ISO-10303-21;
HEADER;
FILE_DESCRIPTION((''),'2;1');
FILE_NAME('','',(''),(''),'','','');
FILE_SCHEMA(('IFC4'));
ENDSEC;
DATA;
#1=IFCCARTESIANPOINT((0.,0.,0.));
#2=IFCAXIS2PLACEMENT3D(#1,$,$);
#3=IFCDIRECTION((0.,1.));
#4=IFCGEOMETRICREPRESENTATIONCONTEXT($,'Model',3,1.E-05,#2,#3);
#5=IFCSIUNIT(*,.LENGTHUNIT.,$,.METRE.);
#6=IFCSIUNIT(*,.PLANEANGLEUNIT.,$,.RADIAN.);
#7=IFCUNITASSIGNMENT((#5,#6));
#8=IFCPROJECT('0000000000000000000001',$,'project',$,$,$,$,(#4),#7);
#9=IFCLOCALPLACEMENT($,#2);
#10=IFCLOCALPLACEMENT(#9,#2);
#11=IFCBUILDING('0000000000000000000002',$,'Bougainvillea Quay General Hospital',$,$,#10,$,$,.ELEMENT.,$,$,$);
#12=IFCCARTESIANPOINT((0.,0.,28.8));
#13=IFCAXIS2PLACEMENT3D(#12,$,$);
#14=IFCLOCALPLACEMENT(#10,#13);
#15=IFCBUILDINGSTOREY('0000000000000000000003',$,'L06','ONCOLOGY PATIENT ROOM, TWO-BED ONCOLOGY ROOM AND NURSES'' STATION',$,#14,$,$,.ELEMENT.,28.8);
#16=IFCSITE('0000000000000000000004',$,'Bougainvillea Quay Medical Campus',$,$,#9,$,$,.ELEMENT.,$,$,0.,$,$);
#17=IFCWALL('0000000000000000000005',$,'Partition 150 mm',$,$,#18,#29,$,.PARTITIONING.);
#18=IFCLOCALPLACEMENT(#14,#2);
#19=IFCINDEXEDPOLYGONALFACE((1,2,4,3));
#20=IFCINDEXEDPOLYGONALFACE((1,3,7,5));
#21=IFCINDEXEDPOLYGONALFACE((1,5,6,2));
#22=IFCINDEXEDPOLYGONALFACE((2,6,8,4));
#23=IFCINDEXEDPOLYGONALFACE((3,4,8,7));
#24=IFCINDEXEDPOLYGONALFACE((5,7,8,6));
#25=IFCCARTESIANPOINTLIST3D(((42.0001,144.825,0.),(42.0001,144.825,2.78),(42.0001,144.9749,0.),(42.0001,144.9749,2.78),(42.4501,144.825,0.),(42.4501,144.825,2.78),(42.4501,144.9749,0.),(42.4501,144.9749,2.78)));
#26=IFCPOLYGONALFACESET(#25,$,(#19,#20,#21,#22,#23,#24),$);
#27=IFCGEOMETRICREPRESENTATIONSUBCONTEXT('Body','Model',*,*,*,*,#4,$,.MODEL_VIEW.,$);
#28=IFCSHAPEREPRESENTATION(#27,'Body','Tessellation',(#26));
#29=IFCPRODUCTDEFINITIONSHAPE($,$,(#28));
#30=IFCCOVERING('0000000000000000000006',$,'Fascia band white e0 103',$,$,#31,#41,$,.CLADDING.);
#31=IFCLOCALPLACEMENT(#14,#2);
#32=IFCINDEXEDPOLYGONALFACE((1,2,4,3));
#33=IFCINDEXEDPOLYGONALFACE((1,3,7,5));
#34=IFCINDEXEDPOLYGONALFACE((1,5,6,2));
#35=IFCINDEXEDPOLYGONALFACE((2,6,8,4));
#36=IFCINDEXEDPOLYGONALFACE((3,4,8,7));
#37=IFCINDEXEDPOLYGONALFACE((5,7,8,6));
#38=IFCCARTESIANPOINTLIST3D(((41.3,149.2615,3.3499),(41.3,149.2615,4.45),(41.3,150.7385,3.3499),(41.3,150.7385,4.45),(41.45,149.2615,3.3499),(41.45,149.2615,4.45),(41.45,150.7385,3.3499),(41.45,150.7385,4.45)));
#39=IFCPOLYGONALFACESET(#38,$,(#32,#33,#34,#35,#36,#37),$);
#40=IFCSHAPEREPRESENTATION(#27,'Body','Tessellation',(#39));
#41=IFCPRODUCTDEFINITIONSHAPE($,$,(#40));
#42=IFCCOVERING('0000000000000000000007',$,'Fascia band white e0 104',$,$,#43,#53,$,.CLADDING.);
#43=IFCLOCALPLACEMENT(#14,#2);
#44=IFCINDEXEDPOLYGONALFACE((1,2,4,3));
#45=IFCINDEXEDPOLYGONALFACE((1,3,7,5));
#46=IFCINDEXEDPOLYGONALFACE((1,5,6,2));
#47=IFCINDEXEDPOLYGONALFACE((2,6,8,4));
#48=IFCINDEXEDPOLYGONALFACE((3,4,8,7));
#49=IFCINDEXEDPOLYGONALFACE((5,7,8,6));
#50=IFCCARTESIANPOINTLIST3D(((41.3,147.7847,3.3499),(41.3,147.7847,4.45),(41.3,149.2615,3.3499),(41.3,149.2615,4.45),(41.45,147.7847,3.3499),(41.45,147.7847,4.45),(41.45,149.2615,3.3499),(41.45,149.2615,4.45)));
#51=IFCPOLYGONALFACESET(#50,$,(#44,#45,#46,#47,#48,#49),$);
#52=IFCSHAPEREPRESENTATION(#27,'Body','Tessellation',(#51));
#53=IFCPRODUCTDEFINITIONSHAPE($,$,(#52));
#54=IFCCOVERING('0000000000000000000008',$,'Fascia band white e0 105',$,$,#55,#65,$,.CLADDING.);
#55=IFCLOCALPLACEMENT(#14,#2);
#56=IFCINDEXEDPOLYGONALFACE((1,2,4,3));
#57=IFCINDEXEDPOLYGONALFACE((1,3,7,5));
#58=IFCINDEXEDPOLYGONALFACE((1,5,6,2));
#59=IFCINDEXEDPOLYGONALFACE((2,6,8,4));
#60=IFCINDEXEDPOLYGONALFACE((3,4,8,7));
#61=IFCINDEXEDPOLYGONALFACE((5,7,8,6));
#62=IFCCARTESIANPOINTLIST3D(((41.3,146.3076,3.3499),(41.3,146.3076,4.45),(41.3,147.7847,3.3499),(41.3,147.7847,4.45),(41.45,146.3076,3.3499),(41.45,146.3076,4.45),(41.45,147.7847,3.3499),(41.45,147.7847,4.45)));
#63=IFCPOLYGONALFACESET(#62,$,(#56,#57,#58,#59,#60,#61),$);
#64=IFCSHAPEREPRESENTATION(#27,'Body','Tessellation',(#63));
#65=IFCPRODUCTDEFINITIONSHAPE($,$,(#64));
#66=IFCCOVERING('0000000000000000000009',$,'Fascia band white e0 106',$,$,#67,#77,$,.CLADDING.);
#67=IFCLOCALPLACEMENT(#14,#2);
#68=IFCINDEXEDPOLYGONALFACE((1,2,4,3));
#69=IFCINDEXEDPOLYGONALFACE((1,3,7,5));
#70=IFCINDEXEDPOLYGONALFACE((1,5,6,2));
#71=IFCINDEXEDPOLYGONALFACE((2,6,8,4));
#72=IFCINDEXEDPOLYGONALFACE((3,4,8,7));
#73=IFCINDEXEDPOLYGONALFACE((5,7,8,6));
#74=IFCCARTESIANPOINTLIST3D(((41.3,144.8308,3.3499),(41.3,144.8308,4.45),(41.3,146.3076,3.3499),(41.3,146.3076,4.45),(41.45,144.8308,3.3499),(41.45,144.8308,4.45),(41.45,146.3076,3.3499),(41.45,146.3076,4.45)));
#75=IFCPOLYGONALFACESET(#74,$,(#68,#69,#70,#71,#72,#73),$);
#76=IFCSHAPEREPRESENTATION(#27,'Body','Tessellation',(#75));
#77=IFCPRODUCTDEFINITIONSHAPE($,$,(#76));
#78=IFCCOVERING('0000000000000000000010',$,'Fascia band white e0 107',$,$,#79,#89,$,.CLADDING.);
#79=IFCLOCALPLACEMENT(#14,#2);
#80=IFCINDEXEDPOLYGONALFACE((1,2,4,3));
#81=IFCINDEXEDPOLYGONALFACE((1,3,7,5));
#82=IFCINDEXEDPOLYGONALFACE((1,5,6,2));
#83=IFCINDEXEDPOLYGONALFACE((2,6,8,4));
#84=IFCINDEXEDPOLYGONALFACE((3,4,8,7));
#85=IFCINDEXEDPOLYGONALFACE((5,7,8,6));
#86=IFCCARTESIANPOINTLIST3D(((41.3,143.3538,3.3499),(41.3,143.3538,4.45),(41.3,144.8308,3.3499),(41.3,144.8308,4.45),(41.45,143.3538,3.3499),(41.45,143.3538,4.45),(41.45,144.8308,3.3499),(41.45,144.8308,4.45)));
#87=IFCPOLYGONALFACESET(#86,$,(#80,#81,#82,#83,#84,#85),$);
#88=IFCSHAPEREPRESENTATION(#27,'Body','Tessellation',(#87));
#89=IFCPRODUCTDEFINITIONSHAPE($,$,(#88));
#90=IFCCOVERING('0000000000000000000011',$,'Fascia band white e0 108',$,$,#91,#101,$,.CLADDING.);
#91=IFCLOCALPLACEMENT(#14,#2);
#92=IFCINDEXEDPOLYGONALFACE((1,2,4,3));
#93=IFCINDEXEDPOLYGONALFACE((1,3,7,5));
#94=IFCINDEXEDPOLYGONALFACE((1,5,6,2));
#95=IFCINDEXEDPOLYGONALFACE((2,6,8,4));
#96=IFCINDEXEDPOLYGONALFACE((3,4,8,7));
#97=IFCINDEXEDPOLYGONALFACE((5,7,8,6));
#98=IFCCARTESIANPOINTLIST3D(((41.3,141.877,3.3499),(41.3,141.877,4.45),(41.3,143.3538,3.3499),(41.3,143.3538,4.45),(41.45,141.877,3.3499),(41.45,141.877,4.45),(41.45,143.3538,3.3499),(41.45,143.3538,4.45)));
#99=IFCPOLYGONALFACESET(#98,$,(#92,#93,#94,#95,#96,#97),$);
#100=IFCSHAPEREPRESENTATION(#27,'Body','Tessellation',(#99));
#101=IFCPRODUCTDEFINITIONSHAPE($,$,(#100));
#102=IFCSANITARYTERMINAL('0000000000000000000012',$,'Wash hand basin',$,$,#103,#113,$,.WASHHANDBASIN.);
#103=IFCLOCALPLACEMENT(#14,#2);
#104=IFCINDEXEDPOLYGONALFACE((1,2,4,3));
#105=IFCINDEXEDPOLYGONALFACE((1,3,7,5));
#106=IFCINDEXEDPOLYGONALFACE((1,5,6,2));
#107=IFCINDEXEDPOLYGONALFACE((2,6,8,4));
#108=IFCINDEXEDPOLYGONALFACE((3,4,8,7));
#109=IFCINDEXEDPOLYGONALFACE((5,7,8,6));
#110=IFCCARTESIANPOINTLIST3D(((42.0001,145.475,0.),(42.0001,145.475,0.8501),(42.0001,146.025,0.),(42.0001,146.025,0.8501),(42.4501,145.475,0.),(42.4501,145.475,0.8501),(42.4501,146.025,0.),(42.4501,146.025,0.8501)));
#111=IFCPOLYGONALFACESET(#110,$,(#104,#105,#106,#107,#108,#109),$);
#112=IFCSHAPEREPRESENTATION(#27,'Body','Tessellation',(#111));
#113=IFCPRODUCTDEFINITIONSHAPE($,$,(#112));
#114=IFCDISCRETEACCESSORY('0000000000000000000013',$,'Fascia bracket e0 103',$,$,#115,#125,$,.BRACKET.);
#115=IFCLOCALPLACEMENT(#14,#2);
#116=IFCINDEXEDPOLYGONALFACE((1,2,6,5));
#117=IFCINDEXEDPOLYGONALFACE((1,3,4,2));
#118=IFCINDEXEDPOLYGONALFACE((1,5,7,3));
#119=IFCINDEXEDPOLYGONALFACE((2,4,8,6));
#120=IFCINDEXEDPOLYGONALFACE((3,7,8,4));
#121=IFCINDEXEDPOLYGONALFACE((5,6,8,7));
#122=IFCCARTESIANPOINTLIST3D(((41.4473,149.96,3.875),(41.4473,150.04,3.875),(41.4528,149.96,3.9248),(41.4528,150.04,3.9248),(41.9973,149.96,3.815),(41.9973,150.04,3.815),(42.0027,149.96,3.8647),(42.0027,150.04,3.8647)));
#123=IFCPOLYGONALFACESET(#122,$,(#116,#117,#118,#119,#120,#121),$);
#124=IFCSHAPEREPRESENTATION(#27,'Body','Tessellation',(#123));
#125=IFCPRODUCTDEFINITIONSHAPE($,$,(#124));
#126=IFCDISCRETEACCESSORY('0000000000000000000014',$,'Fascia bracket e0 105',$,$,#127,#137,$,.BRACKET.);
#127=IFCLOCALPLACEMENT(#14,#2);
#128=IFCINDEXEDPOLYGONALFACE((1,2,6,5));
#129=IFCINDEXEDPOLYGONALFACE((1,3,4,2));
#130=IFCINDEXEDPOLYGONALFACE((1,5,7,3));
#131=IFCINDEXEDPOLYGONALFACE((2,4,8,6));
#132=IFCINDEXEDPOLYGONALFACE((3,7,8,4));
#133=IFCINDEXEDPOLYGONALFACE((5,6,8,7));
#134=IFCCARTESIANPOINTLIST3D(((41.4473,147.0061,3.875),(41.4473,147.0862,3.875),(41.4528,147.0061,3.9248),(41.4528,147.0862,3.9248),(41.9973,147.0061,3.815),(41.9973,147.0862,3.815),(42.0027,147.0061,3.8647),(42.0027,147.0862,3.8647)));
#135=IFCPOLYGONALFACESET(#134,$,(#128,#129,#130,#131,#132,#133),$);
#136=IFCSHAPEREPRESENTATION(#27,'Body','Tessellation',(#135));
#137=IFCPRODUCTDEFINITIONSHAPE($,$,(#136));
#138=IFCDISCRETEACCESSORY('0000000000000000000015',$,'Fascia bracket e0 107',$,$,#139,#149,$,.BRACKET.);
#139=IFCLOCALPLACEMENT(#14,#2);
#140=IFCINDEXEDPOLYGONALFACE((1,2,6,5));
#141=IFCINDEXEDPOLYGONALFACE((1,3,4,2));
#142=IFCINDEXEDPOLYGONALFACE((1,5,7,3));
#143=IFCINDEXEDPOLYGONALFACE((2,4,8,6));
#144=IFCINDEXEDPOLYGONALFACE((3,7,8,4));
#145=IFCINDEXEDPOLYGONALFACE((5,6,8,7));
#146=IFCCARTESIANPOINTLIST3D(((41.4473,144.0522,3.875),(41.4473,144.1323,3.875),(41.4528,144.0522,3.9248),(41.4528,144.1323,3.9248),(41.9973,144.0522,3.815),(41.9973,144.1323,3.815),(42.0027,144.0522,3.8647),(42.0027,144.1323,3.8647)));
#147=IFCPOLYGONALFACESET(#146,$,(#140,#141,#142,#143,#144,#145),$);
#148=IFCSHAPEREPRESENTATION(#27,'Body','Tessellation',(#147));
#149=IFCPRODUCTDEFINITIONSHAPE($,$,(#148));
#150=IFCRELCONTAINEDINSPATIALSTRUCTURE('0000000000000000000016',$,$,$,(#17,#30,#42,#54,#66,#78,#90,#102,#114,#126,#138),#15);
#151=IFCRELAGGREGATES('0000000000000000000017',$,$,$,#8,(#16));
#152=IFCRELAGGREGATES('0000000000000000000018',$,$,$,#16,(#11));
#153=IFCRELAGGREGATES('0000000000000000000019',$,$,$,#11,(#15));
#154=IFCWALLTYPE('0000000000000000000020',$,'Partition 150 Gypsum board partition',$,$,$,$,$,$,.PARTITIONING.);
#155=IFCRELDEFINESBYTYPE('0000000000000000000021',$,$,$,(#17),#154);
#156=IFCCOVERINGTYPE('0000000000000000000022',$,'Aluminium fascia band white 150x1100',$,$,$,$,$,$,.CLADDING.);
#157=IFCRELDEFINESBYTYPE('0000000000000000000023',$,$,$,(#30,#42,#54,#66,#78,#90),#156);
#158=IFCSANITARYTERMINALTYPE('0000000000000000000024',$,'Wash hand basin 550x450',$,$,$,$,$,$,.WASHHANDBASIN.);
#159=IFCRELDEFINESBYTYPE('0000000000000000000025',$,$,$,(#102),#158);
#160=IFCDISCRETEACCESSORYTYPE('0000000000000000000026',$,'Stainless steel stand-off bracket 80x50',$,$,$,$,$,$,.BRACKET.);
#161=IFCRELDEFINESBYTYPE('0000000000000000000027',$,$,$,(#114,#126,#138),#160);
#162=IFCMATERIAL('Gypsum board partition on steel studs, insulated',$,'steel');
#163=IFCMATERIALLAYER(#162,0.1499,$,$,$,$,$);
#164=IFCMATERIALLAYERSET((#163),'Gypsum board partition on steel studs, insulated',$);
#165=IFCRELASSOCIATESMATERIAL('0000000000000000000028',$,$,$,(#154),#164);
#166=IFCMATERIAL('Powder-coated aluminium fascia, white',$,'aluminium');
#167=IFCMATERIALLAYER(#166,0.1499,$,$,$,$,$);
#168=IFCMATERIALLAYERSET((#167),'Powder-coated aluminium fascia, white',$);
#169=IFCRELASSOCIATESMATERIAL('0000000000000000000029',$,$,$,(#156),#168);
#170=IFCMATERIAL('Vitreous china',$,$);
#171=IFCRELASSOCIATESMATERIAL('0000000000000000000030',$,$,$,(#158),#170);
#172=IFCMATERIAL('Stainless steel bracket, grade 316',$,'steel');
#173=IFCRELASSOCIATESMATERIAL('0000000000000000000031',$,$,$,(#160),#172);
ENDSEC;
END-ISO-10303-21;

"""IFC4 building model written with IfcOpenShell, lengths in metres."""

from ifc_helpers import new_model, si_unit, direction, frame, frame_2d, origin, origin_2d, place, context, subcontext, project, spatial, polyline, rectangle, outline, extrude, material, layer, layer_set, material_profile, profile_set, type_object, element, save


model = new_model("IFC4")

# Units and contexts
model_context = context("Model", 3, precision=1e-05, world=origin(), true_north=direction((0.0, 1.0)))
body_context = subcontext(model_context, "Body", "Model", "MODEL_VIEW")
ifc_project = project(units=[si_unit("LENGTHUNIT", "METRE"), si_unit("PLANEANGLEUNIT", "RADIAN")], contexts=[model_context])

# Site, building, storey
site_placement = place(None, origin())
site = spatial("IfcSite", under=ifc_project, at=site_placement, Name="Bougainvillea Quay Medical Campus", CompositionType="ELEMENT", RefElevation=0.0)
building_placement = place(site_placement, origin())
building = spatial("IfcBuilding", under=site, at=building_placement, Name="Bougainvillea Quay General Hospital", CompositionType="ELEMENT")
storey_placement = place(building_placement, frame((0.0, 0.0, 28.8)))
storey = spatial("IfcBuildingStorey", under=building, at=storey_placement, Name="L06", Description="ONCOLOGY PATIENT ROOM, TWO-BED ONCOLOGY ROOM AND NURSES' STATION", CompositionType="ELEMENT", Elevation=28.8)

# Wall
ifc_material_1 = material(Name="Gypsum board partition on steel studs, insulated", Category="steel")
ifc_layer_1 = layer(ifc_material_1, 0.1499)
ifc_layer_set_1 = layer_set([ifc_layer_1], Name="Gypsum board partition on steel studs, insulated")
wall_type = type_object("IfcWallType", Name="Partition 150 Gypsum board partition", PredefinedType="PARTITIONING", material=ifc_layer_set_1)
wall_placement = place(storey_placement, frame((42.0, 144.8999, 0.0), z_axis=(0.0, 0.0, 1.0), x_axis=(1.0, 0.0, 0.0)))
element("IfcWall", 1, at=wall_placement, inside=storey, type_object=wall_type, Name="Partition 150 mm", PredefinedType="PARTITIONING", context=body_context, shape_type="SweptSolid", body=[
    extrude(rectangle(XDim=0.45, YDim=0.1499, at=frame_2d((0.2251, 0.0))), origin(), (0.0, 0.0, 1.0), 2.78),
])

# Coverings
ifc_material_2 = material(Name="Powder-coated aluminium fascia, white", Category="aluminium")
ifc_layer_2 = layer(ifc_material_2, 0.1499)
ifc_layer_set_2 = layer_set([ifc_layer_2], Name="Powder-coated aluminium fascia, white")
covering_type = type_object("IfcCoveringType", Name="Aluminium fascia band white 150x1100", PredefinedType="CLADDING", material=ifc_layer_set_2)
covering_1_placement = place(storey_placement, frame((41.45, 150.7385, 3.3499), z_axis=(0.0, 0.0, 1.0), x_axis=(0.0, -1.0, 0.0)))
element("IfcCovering", 2, at=covering_1_placement, inside=storey, type_object=covering_type, Name="Fascia band white e0 103", PredefinedType="CLADDING", context=body_context, shape_type="SweptSolid", body=[
    extrude(outline(polyline([(0.0, 0.0), (1.4771, 0.0), (1.4771, -0.1499), (0.0, -0.1499), (0.0, 0.0)])), origin(), (0.0, 0.0, 1.0), 1.1001),
])
covering_2_placement = place(storey_placement, frame((41.45, 149.2615, 3.3499), z_axis=(0.0, 0.0, 1.0), x_axis=(0.0, -1.0, 0.0)))
element("IfcCovering", 3, at=covering_2_placement, inside=storey, type_object=covering_type, Name="Fascia band white e0 104", PredefinedType="CLADDING", context=body_context, shape_type="SweptSolid", body=[
    extrude(outline(polyline([(0.0, 0.0), (1.4768, 0.0), (1.4768, -0.1499), (0.0, -0.1499), (0.0, 0.0)])), origin(), (0.0, 0.0, 1.0), 1.1001),
])
covering_3_placement = place(storey_placement, frame((41.45, 147.7847, 3.3499), z_axis=(0.0, 0.0, 1.0), x_axis=(0.0, -1.0, 0.0)))
element("IfcCovering", 4, at=covering_3_placement, inside=storey, type_object=covering_type, Name="Fascia band white e0 105", PredefinedType="CLADDING", context=body_context, shape_type="SweptSolid", body=[
    extrude(outline(polyline([(0.0, 0.0), (1.4771, 0.0), (1.4771, -0.1499), (0.0, -0.1499), (0.0, 0.0)])), origin(), (0.0, 0.0, 1.0), 1.1001),
])
covering_4_placement = place(storey_placement, frame((41.45, 146.3076, 3.3499), z_axis=(0.0, 0.0, 1.0), x_axis=(0.0, -1.0, 0.0)))
element("IfcCovering", 5, at=covering_4_placement, inside=storey, type_object=covering_type, Name="Fascia band white e0 106", PredefinedType="CLADDING", context=body_context, shape_type="SweptSolid", body=[
    extrude(outline(polyline([(0.0, 0.0), (1.4768, 0.0), (1.4768, -0.1499), (0.0, -0.1499), (0.0, 0.0)])), origin(), (0.0, 0.0, 1.0), 1.1001),
])
covering_5_placement = place(storey_placement, frame((41.45, 144.8308, 3.3499), z_axis=(0.0, 0.0, 1.0), x_axis=(0.0, -1.0, 0.0)))
element("IfcCovering", 6, at=covering_5_placement, inside=storey, type_object=covering_type, Name="Fascia band white e0 107", PredefinedType="CLADDING", context=body_context, shape_type="SweptSolid", body=[
    extrude(outline(polyline([(0.0, 0.0), (1.4771, 0.0), (1.4771, -0.1499), (0.0, -0.1499), (0.0, 0.0)])), origin(), (0.0, 0.0, 1.0), 1.1001),
])
covering_6_placement = place(storey_placement, frame((41.45, 143.3538, 3.3499), z_axis=(0.0, 0.0, 1.0), x_axis=(0.0, -1.0, 0.0)))
element("IfcCovering", 7, at=covering_6_placement, inside=storey, type_object=covering_type, Name="Fascia band white e0 108", PredefinedType="CLADDING", context=body_context, shape_type="SweptSolid", body=[
    extrude(outline(polyline([(0.0, 0.0), (1.4768, 0.0), (1.4768, -0.1499), (0.0, -0.1499), (0.0, 0.0)])), origin(), (0.0, 0.0, 1.0), 1.1001),
])

# Sanitary terminal
ifc_material_3 = material(Name="Vitreous china")
sanitary_terminal_type = type_object("IfcSanitaryTerminalType", Name="Wash hand basin 550x450", PredefinedType="WASHHANDBASIN", material=ifc_material_3)
sanitary_terminal_placement = place(storey_placement, frame((42.2251, 145.75, 0.0), z_axis=(0.0, 0.0, 1.0), x_axis=(0.0, 1.0, 0.0)))
element("IfcSanitaryTerminal", 8, at=sanitary_terminal_placement, inside=storey, type_object=sanitary_terminal_type, Name="Wash hand basin", PredefinedType="WASHHANDBASIN", context=body_context, shape_type="SweptSolid", body=[
    extrude(rectangle(XDim=0.55, YDim=0.45, at=origin_2d()), origin(), (0.0, 0.0, 1.0), 0.8501),
])

# Discrete accessories
ifc_material_4 = material(Name="Stainless steel bracket, grade 316", Category="steel")
ifc_material_profile_1 = material_profile(ifc_material_4, rectangle(XDim=0.0801, YDim=0.05, at=origin_2d()))
ifc_profile_set_1 = profile_set([ifc_material_profile_1], Name="Stainless steel bracket, grade 316")
discrete_accessory_type = type_object("IfcDiscreteAccessoryType", Name="Stainless steel stand-off bracket 80x50", PredefinedType="BRACKET", material=ifc_profile_set_1)
for number, where, z_axis, x_axis, name in (
    (9, (42.0, 150.0, 3.8398), (-0.994092, 0.0, 0.108543), (0.0, -1.0, 0.0), "Fascia bracket e0 103"),
    (10, (42.0, 147.0461, 3.8398), (-0.994092, 0.0, 0.108543), (0.0, -1.0, 0.0), "Fascia bracket e0 105"),
    (11, (42.0, 144.0923, 3.8398), (-0.994092, 0.0, 0.108543), (0.0, -1.0, 0.0), "Fascia bracket e0 107"),
):
    element("IfcDiscreteAccessory", number, at=place(storey_placement, frame(where, z_axis=z_axis, x_axis=x_axis)), inside=storey, type_object=discrete_accessory_type, Name=name, PredefinedType="BRACKET", context=body_context, shape_type="SweptSolid", body=[
        extrude(rectangle(XDim=0.0801, YDim=0.05, at=origin_2d()), origin(), (0.0, 0.0, 1.0), 0.5532),
    ])

save(model, "model.ifc")
